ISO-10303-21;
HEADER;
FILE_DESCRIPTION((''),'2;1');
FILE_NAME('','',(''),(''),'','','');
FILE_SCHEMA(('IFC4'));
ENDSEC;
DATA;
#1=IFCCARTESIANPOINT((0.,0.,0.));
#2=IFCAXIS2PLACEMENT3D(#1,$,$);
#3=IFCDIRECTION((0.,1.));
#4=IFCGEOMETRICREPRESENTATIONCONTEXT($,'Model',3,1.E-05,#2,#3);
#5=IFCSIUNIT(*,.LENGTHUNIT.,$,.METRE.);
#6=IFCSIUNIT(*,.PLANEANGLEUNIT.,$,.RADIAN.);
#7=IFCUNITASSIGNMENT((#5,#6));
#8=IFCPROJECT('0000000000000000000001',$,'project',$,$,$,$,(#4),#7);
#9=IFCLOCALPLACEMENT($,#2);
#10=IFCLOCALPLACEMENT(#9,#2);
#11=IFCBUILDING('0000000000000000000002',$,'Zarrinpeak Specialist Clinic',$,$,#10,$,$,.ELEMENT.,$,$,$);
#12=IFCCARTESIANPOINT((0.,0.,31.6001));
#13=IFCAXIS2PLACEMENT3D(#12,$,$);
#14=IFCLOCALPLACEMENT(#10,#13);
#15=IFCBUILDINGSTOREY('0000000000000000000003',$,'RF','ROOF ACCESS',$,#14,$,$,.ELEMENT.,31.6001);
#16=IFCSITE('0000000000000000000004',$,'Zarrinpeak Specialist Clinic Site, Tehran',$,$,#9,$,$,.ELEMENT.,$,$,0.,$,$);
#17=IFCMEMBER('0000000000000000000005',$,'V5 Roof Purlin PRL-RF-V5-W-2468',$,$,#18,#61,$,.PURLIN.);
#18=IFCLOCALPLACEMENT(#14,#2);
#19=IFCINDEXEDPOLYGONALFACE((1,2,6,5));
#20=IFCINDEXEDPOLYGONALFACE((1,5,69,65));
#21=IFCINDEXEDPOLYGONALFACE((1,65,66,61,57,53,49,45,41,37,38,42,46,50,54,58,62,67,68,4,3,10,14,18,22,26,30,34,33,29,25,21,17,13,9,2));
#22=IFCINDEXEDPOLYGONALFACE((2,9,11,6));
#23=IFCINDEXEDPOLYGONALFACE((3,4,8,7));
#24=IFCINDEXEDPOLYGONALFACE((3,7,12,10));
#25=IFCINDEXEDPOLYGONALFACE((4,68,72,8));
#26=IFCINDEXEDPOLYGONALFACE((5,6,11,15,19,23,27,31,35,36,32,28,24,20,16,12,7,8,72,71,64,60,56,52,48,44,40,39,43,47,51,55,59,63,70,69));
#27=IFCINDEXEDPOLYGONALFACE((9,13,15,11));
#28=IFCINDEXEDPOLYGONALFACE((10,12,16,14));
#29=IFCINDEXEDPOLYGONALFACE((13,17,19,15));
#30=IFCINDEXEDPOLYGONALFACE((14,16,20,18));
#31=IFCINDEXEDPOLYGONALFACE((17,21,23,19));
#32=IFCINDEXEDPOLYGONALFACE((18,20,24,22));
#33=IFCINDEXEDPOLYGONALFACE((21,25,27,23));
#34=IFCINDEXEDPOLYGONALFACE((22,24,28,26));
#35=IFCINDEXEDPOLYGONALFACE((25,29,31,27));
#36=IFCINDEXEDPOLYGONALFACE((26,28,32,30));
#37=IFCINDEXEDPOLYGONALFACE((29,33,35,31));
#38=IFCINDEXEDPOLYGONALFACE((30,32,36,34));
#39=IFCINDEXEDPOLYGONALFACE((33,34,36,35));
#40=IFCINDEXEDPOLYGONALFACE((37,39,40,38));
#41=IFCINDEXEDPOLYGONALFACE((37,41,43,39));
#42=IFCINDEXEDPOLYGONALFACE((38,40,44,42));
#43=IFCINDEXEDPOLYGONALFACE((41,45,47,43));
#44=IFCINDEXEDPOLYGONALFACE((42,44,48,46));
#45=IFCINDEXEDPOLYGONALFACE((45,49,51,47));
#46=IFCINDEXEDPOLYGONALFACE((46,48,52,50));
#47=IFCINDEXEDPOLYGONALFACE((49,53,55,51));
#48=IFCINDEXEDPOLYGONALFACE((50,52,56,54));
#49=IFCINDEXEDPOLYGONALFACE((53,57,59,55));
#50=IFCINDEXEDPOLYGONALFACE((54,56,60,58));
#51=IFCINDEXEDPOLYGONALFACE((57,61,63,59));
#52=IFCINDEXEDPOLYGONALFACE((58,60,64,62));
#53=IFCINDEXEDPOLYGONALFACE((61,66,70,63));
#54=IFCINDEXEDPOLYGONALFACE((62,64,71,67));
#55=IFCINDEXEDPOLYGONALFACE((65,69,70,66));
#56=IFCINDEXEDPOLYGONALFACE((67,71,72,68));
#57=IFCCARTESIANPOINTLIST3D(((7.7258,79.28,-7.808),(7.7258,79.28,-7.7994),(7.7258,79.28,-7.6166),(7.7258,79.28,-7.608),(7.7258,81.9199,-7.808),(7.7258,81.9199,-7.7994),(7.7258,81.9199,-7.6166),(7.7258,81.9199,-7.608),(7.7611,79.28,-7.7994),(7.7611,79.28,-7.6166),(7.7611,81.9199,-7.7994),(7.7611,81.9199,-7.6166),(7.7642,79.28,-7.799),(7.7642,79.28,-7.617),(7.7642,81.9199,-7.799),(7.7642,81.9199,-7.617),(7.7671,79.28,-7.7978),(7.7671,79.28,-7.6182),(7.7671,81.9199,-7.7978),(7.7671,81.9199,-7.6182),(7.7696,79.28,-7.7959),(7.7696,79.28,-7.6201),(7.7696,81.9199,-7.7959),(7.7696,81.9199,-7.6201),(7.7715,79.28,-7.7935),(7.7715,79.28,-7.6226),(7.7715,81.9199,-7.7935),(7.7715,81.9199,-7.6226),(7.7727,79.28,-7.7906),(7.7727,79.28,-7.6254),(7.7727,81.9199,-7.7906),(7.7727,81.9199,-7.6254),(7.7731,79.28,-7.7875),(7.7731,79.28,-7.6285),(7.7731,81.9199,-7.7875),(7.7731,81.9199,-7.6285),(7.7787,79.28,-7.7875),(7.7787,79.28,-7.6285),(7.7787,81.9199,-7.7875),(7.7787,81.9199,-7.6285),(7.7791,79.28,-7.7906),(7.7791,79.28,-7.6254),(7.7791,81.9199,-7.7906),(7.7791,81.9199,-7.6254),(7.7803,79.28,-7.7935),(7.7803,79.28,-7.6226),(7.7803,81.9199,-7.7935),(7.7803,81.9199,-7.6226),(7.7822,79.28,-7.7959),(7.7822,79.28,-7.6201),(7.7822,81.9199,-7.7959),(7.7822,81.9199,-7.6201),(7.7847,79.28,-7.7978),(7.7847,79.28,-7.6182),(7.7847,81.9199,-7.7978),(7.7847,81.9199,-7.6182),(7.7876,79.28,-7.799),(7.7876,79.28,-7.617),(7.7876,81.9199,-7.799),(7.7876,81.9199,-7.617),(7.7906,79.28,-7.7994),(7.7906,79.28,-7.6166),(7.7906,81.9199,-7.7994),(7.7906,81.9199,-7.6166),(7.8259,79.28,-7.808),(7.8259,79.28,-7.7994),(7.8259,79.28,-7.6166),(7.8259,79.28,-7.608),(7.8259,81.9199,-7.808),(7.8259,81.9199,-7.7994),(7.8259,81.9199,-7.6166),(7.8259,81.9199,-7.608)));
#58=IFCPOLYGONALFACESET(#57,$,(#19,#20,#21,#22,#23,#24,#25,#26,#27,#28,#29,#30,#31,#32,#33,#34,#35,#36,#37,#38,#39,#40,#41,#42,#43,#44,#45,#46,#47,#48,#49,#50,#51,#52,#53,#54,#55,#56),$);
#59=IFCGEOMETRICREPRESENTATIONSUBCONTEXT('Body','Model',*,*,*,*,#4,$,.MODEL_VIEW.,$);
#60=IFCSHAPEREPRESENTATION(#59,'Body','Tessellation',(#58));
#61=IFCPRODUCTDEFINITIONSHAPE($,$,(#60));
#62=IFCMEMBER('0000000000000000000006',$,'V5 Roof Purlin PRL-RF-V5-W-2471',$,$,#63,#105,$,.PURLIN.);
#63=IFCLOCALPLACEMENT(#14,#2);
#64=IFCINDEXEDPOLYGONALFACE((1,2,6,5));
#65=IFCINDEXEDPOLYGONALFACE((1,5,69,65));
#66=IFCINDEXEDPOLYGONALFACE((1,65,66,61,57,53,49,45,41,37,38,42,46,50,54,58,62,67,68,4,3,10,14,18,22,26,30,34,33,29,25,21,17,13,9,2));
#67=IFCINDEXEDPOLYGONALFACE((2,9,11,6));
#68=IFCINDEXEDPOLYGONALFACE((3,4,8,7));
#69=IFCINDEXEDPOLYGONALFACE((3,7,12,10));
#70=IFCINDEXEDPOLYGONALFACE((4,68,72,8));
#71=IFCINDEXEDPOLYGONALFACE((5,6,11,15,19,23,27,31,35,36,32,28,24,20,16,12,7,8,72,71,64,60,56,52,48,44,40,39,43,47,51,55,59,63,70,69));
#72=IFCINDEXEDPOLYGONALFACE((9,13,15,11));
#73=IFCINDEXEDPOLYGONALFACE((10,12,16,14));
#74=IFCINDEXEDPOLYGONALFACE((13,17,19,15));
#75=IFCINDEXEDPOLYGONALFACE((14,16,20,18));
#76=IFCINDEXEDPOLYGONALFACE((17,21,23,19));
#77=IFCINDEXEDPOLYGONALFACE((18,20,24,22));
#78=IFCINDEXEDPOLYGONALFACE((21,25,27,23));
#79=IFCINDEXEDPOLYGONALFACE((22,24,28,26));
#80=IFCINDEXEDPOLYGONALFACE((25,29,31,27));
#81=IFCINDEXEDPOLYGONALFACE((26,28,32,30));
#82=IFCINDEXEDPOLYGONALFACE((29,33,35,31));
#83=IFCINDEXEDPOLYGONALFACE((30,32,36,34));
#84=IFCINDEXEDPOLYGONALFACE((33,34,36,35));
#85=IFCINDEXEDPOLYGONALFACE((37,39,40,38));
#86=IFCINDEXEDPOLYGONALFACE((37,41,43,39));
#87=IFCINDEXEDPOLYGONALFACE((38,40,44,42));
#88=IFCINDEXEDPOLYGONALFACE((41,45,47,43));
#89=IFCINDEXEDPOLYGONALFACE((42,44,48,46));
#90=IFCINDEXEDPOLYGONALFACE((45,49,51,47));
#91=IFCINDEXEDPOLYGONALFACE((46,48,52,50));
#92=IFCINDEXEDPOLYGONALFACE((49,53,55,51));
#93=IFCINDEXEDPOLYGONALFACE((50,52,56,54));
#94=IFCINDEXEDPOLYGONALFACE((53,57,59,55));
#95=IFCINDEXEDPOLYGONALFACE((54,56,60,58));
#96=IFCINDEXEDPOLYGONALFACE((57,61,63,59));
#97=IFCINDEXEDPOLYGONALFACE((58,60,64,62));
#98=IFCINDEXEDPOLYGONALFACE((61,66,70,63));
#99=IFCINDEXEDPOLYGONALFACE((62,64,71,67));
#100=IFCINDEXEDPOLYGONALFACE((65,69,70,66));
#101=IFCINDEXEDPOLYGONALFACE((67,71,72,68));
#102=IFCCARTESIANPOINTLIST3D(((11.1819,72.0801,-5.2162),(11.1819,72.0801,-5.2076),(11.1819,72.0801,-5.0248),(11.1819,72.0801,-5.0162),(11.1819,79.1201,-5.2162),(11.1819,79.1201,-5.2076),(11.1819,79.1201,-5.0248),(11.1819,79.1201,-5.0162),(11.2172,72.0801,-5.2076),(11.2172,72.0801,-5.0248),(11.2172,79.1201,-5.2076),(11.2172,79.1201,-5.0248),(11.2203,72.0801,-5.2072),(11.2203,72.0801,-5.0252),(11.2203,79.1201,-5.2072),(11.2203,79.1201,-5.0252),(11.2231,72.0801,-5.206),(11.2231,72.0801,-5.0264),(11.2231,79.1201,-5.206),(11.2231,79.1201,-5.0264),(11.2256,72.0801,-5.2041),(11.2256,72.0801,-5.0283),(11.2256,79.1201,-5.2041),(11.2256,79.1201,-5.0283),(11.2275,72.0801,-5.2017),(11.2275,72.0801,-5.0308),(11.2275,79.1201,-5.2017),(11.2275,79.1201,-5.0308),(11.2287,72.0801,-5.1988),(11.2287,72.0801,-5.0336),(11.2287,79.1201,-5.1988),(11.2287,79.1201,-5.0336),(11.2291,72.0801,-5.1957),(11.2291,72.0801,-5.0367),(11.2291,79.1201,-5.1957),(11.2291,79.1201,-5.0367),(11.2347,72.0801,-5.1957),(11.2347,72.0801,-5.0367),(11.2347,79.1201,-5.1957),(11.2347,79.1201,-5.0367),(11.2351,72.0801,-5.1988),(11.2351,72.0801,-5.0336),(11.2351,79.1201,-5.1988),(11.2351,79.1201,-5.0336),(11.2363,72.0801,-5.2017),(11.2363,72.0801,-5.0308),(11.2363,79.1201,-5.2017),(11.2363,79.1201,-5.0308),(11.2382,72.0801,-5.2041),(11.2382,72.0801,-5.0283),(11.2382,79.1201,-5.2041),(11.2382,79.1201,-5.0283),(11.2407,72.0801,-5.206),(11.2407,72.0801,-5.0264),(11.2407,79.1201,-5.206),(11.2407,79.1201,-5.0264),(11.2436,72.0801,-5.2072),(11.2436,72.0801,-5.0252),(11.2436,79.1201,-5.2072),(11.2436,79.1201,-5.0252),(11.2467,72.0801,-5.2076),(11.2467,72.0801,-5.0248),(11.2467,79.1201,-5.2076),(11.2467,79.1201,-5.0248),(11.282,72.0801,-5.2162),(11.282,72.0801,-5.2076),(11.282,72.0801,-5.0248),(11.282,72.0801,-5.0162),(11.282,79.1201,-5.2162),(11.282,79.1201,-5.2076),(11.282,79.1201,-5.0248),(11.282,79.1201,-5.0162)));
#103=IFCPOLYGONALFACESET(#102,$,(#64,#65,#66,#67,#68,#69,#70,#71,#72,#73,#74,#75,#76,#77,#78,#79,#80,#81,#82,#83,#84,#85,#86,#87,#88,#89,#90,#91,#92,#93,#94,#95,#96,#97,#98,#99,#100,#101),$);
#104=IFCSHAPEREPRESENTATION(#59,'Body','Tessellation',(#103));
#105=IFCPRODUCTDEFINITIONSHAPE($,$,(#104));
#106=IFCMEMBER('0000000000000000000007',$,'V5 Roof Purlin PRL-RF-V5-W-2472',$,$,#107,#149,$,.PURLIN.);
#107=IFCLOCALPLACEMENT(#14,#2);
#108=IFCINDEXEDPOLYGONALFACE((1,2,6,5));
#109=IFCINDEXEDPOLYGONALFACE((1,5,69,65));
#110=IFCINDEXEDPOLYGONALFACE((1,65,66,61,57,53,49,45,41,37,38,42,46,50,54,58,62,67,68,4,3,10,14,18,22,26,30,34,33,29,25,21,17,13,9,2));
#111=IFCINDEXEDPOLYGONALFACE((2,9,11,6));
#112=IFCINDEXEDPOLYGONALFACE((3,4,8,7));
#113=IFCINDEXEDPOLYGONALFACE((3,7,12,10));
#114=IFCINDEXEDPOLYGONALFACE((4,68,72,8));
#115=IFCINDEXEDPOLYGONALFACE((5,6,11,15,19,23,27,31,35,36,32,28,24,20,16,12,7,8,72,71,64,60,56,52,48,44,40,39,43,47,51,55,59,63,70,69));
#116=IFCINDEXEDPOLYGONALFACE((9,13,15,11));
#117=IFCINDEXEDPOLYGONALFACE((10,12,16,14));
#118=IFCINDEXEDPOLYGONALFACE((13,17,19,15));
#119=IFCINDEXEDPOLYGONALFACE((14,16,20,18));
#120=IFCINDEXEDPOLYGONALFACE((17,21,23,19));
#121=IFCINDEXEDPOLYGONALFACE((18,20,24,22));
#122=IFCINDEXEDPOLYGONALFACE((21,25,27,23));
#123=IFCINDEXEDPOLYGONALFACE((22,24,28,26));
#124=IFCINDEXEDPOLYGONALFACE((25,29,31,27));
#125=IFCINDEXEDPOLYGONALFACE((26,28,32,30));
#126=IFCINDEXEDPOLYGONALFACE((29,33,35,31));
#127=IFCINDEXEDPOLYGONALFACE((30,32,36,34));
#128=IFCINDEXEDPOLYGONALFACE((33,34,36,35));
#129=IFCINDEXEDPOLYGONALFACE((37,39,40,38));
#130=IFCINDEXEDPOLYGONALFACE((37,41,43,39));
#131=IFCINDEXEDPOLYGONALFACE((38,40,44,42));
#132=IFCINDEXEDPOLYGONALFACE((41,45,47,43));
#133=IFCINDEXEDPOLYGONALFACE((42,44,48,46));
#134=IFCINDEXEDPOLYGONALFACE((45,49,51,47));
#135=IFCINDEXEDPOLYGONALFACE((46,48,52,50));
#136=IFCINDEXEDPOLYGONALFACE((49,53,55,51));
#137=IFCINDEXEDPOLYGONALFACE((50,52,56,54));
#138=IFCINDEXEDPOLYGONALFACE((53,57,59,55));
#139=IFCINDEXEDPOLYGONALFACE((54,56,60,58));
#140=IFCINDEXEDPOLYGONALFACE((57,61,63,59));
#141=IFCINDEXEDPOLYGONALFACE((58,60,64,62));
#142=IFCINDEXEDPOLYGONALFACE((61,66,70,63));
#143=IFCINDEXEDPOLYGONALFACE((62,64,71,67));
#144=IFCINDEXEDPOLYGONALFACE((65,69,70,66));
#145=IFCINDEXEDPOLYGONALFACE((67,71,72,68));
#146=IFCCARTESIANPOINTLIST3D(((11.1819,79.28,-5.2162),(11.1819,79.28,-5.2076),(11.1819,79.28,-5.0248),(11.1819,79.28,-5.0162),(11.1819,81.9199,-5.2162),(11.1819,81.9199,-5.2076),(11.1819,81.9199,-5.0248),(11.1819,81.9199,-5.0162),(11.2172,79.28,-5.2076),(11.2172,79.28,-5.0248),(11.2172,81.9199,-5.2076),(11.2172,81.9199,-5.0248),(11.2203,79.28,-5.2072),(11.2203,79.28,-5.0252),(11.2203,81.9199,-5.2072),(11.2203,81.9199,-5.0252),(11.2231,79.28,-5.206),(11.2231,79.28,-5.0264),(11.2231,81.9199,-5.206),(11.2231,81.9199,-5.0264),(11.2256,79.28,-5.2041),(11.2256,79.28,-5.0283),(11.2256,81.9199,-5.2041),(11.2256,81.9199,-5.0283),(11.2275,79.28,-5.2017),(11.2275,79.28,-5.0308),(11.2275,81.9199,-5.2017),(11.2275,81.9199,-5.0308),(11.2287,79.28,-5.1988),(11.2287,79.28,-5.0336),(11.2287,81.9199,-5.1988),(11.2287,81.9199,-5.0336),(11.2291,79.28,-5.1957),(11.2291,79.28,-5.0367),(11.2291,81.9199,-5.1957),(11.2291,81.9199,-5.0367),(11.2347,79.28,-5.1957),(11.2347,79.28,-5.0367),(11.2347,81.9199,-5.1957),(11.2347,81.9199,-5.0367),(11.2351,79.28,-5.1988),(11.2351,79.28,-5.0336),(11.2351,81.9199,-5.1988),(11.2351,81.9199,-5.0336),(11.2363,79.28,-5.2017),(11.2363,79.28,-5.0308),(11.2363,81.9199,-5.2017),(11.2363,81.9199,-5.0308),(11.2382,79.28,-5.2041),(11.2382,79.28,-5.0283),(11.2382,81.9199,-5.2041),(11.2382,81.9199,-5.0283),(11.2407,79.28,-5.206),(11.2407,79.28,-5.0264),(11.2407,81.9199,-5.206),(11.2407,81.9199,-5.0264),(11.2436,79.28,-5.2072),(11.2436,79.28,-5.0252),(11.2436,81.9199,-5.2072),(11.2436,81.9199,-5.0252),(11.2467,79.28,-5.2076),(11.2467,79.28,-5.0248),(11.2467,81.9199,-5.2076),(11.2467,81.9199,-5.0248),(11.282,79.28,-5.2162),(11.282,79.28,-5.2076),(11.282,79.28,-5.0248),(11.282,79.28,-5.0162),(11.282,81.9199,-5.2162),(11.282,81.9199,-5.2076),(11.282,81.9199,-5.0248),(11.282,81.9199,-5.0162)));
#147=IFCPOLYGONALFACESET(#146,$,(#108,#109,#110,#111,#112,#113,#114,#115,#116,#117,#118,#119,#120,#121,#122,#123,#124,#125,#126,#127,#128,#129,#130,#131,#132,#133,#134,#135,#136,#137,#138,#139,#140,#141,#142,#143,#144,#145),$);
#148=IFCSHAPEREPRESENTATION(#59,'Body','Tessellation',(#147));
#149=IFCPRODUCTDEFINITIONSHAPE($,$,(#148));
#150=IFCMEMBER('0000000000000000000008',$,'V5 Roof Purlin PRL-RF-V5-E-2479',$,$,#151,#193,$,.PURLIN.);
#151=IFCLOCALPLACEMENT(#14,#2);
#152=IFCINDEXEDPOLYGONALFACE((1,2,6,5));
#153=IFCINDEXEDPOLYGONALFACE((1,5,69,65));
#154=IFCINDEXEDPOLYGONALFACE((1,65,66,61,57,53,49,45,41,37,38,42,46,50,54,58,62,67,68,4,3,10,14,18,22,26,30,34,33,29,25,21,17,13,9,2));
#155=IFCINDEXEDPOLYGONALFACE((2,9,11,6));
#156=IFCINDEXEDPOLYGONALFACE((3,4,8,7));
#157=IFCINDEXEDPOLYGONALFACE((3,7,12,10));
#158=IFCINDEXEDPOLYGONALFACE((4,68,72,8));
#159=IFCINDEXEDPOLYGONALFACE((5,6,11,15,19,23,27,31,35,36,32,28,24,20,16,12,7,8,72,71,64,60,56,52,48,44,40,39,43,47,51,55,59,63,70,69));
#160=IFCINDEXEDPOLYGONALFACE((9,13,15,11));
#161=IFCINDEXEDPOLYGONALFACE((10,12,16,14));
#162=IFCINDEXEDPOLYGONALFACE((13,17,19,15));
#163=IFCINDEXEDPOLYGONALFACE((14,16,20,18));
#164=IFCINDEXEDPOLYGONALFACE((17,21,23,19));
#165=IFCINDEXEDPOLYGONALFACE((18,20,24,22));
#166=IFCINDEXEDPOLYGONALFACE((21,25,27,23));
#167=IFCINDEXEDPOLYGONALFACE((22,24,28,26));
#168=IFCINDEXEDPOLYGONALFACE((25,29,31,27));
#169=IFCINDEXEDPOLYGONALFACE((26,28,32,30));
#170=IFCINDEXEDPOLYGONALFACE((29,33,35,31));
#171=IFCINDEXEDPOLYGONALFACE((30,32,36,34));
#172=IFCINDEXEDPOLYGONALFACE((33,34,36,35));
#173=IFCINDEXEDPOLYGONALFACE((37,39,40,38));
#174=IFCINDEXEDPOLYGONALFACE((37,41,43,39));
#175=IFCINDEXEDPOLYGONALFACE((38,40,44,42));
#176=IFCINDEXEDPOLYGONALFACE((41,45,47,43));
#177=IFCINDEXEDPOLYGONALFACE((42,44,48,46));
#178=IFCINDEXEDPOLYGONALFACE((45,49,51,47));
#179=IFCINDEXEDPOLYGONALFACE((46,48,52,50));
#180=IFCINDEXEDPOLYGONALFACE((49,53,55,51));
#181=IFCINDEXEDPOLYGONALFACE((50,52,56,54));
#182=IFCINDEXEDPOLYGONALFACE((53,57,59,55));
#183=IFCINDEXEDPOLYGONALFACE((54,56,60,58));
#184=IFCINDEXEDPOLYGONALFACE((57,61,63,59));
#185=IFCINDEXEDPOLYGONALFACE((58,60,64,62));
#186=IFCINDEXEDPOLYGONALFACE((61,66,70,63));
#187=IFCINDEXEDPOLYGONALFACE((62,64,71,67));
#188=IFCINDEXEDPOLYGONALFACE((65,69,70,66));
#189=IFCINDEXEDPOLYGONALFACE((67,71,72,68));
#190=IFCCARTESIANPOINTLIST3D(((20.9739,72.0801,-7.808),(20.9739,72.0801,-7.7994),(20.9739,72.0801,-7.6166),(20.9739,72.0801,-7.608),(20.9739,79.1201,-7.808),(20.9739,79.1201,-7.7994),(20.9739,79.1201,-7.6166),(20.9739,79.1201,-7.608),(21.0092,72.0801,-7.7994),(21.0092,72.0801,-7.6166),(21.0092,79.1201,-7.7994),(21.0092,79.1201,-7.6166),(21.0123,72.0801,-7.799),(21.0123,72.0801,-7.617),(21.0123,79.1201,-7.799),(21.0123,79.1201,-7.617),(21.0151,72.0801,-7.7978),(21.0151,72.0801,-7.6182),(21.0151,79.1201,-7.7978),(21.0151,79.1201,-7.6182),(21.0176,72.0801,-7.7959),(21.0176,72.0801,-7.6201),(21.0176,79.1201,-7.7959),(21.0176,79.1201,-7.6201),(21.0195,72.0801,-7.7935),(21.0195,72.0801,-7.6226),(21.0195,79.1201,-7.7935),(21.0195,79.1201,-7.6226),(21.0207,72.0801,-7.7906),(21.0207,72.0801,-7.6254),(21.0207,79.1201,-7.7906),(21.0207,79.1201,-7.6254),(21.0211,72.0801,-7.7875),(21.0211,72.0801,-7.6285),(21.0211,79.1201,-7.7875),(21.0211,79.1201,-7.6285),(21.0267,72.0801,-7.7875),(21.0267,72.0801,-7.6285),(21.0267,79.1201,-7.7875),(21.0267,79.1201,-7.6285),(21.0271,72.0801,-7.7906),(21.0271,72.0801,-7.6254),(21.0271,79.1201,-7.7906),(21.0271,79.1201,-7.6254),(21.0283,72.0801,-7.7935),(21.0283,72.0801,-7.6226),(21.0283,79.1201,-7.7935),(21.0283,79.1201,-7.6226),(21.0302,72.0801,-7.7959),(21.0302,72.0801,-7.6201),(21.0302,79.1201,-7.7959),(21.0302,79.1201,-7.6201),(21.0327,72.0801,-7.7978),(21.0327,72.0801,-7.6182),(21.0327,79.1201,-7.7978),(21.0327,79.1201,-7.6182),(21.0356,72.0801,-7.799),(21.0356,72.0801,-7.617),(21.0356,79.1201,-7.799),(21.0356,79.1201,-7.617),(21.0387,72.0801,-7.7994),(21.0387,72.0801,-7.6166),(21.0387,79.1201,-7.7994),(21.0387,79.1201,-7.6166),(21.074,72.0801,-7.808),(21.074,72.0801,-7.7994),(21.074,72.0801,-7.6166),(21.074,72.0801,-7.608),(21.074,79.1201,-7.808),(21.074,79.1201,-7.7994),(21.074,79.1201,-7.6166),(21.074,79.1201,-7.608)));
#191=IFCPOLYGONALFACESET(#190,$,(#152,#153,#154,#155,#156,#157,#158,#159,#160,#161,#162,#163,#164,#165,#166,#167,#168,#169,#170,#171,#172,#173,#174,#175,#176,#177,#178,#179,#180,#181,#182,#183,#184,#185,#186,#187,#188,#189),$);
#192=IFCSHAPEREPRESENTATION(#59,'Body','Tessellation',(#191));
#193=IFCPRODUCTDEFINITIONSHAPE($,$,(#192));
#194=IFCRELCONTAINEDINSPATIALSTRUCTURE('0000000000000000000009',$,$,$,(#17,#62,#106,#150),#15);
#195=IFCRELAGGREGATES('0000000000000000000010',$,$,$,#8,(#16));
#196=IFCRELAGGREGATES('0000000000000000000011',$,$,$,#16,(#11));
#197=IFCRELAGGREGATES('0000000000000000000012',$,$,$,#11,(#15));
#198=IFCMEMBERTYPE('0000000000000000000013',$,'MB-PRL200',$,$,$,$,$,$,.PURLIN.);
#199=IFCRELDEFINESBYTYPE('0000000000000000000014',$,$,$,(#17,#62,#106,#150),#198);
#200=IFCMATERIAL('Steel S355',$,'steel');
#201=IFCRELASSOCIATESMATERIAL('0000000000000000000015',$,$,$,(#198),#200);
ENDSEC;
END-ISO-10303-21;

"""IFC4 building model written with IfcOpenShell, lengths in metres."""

from ifc_helpers import new_model, si_unit, direction, frame, origin, origin_2d, place, context, subcontext, project, spatial, i_section, extrude, material, material_profile, profile_set, type_object, element, save


model = new_model("IFC4")

# Units and contexts
model_context = context("Model", 3, precision=1e-05, world=origin(), true_north=direction((0.0, 1.0)))
body_context = subcontext(model_context, "Body", "Model", "MODEL_VIEW")
ifc_project = project(units=[si_unit("LENGTHUNIT", "METRE"), si_unit("PLANEANGLEUNIT", "RADIAN")], contexts=[model_context])

# Site, building, storey
site_placement = place(None, origin())
site = spatial("IfcSite", under=ifc_project, at=site_placement, Name="Zarrinpeak Specialist Clinic Site, Tehran", CompositionType="ELEMENT", RefElevation=0.0)
building_placement = place(site_placement, origin())
building = spatial("IfcBuilding", under=site, at=building_placement, Name="Zarrinpeak Specialist Clinic", CompositionType="ELEMENT")
storey_placement = place(building_placement, frame((0.0, 0.0, 31.6001)))
storey = spatial("IfcBuildingStorey", under=building, at=storey_placement, Name="RF", Description="ROOF ACCESS", CompositionType="ELEMENT", Elevation=31.6001)

# Shared definitions
ifc_material_1 = material(Name="Steel S355", Category="steel")

# Members
ifc_material_profile_1 = material_profile(ifc_material_1, i_section(OverallWidth=0.1001, OverallDepth=0.2, WebThickness=0.0056, FlangeThickness=0.0085, FilletRadius=0.012, at=origin_2d()), Name="IPE 200")
ifc_profile_set_1 = profile_set([ifc_material_profile_1], Name="Steel S355")
member_type_1 = type_object("IfcMemberType", Name="MB-PRL200", PredefinedType="PURLIN", material=ifc_profile_set_1)
member_1_placement = place(storey_placement, frame((7.7759, 79.28, -7.708), z_axis=(0.0, 1.0, 0.0), x_axis=(-1.0, 0.0, 0.0)))
element("IfcMember", 1, at=member_1_placement, inside=storey, type_object=member_type_1, Name="V5 Roof Purlin PRL-RF-V5-W-2468", PredefinedType="PURLIN", context=body_context, shape_type="SweptSolid", body=[
    extrude(i_section(OverallWidth=0.1001, OverallDepth=0.2, WebThickness=0.0056, FlangeThickness=0.0085, FilletRadius=0.012, at=origin_2d()), origin(), (0.0, 0.0, 1.0), 2.6399),
])
member_2_placement = place(storey_placement, frame((11.2319, 72.0801, -5.1162), z_axis=(0.0, 1.0, 0.0), x_axis=(-1.0, 0.0, 0.0)))
element("IfcMember", 2, at=member_2_placement, inside=storey, type_object=member_type_1, Name="V5 Roof Purlin PRL-RF-V5-W-2471", PredefinedType="PURLIN", context=body_context, shape_type="SweptSolid", body=[
    extrude(i_section(OverallWidth=0.1001, OverallDepth=0.2, WebThickness=0.0056, FlangeThickness=0.0085, FilletRadius=0.012, at=origin_2d()), origin(), (0.0, 0.0, 1.0), 7.04),
])
member_3_placement = place(storey_placement, frame((11.2319, 79.28, -5.1162), z_axis=(0.0, 1.0, 0.0), x_axis=(-1.0, 0.0, 0.0)))
element("IfcMember", 3, at=member_3_placement, inside=storey, type_object=member_type_1, Name="V5 Roof Purlin PRL-RF-V5-W-2472", PredefinedType="PURLIN", context=body_context, shape_type="SweptSolid", body=[
    extrude(i_section(OverallWidth=0.1001, OverallDepth=0.2, WebThickness=0.0056, FlangeThickness=0.0085, FilletRadius=0.012, at=origin_2d()), origin(), (0.0, 0.0, 1.0), 2.6399),
])
member_4_placement = place(storey_placement, frame((21.0239, 72.0801, -7.708), z_axis=(0.0, 1.0, 0.0), x_axis=(-1.0, 0.0, 0.0)))
element("IfcMember", 4, at=member_4_placement, inside=storey, type_object=member_type_1, Name="V5 Roof Purlin PRL-RF-V5-E-2479", PredefinedType="PURLIN", context=body_context, shape_type="SweptSolid", body=[
    extrude(i_section(OverallWidth=0.1001, OverallDepth=0.2, WebThickness=0.0056, FlangeThickness=0.0085, FilletRadius=0.012, at=origin_2d()), origin(), (0.0, 0.0, 1.0), 7.04),
])

save(model, "model.ifc")
